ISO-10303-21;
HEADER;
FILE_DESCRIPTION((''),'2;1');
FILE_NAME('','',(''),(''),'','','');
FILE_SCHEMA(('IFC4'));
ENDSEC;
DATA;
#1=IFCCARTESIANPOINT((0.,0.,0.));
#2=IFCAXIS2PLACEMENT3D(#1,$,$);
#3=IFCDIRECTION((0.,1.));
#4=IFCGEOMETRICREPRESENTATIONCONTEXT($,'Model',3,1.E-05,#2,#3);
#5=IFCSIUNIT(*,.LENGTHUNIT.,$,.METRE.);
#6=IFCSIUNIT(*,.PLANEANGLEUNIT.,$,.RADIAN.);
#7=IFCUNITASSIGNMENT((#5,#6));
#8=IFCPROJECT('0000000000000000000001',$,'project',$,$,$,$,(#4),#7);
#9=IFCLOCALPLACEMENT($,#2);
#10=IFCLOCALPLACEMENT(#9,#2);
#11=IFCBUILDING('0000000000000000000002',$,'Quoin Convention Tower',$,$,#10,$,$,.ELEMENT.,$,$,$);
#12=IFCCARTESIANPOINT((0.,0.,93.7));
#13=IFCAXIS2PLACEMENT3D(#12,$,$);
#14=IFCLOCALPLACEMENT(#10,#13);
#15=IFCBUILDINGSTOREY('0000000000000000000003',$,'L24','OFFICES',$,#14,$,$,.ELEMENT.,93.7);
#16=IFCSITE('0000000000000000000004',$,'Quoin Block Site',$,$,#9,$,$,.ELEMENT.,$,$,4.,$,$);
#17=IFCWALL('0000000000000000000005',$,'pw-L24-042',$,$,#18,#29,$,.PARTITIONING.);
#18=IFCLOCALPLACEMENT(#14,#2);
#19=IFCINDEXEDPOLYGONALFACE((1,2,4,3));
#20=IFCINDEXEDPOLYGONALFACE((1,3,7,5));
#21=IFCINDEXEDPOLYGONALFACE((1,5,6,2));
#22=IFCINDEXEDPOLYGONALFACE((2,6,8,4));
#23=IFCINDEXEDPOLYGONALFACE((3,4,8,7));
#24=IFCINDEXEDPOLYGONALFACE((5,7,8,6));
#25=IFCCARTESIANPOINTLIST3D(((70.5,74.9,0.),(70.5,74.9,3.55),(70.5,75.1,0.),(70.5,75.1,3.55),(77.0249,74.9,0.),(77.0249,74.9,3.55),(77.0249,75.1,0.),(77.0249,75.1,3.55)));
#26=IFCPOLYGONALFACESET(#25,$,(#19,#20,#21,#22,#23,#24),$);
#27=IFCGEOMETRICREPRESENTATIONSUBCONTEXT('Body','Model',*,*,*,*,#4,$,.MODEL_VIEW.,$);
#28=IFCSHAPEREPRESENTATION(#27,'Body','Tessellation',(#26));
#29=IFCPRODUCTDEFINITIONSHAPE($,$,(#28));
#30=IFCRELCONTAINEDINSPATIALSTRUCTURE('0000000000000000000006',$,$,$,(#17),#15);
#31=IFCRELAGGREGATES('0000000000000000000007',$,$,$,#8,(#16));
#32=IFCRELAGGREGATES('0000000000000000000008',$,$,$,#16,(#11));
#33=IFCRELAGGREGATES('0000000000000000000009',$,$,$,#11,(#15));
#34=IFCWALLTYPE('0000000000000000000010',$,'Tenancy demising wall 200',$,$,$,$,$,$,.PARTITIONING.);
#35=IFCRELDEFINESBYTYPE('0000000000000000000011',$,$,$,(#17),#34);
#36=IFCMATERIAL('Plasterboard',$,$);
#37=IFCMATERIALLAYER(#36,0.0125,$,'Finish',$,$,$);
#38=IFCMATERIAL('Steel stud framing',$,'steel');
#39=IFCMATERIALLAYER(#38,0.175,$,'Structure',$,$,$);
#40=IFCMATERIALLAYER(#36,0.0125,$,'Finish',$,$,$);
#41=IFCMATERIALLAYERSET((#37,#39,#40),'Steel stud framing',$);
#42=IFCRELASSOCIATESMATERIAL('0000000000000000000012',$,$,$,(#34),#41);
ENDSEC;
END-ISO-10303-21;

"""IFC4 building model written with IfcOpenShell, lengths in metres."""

from ifc_helpers import new_model, si_unit, direction, frame, frame_2d, origin, place, context, subcontext, project, spatial, rectangle, extrude, material, layer, layer_set, type_object, element, save


model = new_model("IFC4")

# Units and contexts
model_context = context("Model", 3, precision=1e-05, world=origin(), true_north=direction((0.0, 1.0)))
body_context = subcontext(model_context, "Body", "Model", "MODEL_VIEW")
ifc_project = project(units=[si_unit("LENGTHUNIT", "METRE"), si_unit("PLANEANGLEUNIT", "RADIAN")], contexts=[model_context])

# Site, building, storey
site_placement = place(None, origin())
site = spatial("IfcSite", under=ifc_project, at=site_placement, Name="Quoin Block Site", CompositionType="ELEMENT", RefElevation=4.0)
building_placement = place(site_placement, origin())
building = spatial("IfcBuilding", under=site, at=building_placement, Name="Quoin Convention Tower", CompositionType="ELEMENT")
storey_placement = place(building_placement, frame((0.0, 0.0, 93.7)))
storey = spatial("IfcBuildingStorey", under=building, at=storey_placement, Name="L24", Description="OFFICES", CompositionType="ELEMENT", Elevation=93.7)

# Shared definitions
ifc_material_1 = material(Name="Plasterboard")
ifc_material_2 = material(Name="Steel stud framing", Category="steel")

# Wall
ifc_layer_1 = layer(ifc_material_1, 0.0125, Name="Finish")
ifc_layer_2 = layer(ifc_material_2, 0.175, Name="Structure")
ifc_layer_3 = layer(ifc_material_1, 0.0125, Name="Finish")
ifc_layer_set_1 = layer_set([ifc_layer_1, ifc_layer_2, ifc_layer_3], Name="Steel stud framing")
wall_type_1 = type_object("IfcWallType", Name="Tenancy demising wall 200", PredefinedType="PARTITIONING", material=ifc_layer_set_1)
wall_1_placement = place(storey_placement, frame((70.5, 75.0, 0.0), z_axis=(0.0, 0.0, 1.0), x_axis=(1.0, 0.0, 0.0)))
element("IfcWall", 1, at=wall_1_placement, inside=storey, type_object=wall_type_1, Name="pw-L24-042", PredefinedType="PARTITIONING", context=body_context, shape_type="SweptSolid", body=[
    extrude(rectangle(XDim=6.5249, YDim=0.2, at=frame_2d((3.2625, 0.0))), origin(), (0.0, 0.0, 1.0), 3.55),
])

save(model, "model.ifc")
